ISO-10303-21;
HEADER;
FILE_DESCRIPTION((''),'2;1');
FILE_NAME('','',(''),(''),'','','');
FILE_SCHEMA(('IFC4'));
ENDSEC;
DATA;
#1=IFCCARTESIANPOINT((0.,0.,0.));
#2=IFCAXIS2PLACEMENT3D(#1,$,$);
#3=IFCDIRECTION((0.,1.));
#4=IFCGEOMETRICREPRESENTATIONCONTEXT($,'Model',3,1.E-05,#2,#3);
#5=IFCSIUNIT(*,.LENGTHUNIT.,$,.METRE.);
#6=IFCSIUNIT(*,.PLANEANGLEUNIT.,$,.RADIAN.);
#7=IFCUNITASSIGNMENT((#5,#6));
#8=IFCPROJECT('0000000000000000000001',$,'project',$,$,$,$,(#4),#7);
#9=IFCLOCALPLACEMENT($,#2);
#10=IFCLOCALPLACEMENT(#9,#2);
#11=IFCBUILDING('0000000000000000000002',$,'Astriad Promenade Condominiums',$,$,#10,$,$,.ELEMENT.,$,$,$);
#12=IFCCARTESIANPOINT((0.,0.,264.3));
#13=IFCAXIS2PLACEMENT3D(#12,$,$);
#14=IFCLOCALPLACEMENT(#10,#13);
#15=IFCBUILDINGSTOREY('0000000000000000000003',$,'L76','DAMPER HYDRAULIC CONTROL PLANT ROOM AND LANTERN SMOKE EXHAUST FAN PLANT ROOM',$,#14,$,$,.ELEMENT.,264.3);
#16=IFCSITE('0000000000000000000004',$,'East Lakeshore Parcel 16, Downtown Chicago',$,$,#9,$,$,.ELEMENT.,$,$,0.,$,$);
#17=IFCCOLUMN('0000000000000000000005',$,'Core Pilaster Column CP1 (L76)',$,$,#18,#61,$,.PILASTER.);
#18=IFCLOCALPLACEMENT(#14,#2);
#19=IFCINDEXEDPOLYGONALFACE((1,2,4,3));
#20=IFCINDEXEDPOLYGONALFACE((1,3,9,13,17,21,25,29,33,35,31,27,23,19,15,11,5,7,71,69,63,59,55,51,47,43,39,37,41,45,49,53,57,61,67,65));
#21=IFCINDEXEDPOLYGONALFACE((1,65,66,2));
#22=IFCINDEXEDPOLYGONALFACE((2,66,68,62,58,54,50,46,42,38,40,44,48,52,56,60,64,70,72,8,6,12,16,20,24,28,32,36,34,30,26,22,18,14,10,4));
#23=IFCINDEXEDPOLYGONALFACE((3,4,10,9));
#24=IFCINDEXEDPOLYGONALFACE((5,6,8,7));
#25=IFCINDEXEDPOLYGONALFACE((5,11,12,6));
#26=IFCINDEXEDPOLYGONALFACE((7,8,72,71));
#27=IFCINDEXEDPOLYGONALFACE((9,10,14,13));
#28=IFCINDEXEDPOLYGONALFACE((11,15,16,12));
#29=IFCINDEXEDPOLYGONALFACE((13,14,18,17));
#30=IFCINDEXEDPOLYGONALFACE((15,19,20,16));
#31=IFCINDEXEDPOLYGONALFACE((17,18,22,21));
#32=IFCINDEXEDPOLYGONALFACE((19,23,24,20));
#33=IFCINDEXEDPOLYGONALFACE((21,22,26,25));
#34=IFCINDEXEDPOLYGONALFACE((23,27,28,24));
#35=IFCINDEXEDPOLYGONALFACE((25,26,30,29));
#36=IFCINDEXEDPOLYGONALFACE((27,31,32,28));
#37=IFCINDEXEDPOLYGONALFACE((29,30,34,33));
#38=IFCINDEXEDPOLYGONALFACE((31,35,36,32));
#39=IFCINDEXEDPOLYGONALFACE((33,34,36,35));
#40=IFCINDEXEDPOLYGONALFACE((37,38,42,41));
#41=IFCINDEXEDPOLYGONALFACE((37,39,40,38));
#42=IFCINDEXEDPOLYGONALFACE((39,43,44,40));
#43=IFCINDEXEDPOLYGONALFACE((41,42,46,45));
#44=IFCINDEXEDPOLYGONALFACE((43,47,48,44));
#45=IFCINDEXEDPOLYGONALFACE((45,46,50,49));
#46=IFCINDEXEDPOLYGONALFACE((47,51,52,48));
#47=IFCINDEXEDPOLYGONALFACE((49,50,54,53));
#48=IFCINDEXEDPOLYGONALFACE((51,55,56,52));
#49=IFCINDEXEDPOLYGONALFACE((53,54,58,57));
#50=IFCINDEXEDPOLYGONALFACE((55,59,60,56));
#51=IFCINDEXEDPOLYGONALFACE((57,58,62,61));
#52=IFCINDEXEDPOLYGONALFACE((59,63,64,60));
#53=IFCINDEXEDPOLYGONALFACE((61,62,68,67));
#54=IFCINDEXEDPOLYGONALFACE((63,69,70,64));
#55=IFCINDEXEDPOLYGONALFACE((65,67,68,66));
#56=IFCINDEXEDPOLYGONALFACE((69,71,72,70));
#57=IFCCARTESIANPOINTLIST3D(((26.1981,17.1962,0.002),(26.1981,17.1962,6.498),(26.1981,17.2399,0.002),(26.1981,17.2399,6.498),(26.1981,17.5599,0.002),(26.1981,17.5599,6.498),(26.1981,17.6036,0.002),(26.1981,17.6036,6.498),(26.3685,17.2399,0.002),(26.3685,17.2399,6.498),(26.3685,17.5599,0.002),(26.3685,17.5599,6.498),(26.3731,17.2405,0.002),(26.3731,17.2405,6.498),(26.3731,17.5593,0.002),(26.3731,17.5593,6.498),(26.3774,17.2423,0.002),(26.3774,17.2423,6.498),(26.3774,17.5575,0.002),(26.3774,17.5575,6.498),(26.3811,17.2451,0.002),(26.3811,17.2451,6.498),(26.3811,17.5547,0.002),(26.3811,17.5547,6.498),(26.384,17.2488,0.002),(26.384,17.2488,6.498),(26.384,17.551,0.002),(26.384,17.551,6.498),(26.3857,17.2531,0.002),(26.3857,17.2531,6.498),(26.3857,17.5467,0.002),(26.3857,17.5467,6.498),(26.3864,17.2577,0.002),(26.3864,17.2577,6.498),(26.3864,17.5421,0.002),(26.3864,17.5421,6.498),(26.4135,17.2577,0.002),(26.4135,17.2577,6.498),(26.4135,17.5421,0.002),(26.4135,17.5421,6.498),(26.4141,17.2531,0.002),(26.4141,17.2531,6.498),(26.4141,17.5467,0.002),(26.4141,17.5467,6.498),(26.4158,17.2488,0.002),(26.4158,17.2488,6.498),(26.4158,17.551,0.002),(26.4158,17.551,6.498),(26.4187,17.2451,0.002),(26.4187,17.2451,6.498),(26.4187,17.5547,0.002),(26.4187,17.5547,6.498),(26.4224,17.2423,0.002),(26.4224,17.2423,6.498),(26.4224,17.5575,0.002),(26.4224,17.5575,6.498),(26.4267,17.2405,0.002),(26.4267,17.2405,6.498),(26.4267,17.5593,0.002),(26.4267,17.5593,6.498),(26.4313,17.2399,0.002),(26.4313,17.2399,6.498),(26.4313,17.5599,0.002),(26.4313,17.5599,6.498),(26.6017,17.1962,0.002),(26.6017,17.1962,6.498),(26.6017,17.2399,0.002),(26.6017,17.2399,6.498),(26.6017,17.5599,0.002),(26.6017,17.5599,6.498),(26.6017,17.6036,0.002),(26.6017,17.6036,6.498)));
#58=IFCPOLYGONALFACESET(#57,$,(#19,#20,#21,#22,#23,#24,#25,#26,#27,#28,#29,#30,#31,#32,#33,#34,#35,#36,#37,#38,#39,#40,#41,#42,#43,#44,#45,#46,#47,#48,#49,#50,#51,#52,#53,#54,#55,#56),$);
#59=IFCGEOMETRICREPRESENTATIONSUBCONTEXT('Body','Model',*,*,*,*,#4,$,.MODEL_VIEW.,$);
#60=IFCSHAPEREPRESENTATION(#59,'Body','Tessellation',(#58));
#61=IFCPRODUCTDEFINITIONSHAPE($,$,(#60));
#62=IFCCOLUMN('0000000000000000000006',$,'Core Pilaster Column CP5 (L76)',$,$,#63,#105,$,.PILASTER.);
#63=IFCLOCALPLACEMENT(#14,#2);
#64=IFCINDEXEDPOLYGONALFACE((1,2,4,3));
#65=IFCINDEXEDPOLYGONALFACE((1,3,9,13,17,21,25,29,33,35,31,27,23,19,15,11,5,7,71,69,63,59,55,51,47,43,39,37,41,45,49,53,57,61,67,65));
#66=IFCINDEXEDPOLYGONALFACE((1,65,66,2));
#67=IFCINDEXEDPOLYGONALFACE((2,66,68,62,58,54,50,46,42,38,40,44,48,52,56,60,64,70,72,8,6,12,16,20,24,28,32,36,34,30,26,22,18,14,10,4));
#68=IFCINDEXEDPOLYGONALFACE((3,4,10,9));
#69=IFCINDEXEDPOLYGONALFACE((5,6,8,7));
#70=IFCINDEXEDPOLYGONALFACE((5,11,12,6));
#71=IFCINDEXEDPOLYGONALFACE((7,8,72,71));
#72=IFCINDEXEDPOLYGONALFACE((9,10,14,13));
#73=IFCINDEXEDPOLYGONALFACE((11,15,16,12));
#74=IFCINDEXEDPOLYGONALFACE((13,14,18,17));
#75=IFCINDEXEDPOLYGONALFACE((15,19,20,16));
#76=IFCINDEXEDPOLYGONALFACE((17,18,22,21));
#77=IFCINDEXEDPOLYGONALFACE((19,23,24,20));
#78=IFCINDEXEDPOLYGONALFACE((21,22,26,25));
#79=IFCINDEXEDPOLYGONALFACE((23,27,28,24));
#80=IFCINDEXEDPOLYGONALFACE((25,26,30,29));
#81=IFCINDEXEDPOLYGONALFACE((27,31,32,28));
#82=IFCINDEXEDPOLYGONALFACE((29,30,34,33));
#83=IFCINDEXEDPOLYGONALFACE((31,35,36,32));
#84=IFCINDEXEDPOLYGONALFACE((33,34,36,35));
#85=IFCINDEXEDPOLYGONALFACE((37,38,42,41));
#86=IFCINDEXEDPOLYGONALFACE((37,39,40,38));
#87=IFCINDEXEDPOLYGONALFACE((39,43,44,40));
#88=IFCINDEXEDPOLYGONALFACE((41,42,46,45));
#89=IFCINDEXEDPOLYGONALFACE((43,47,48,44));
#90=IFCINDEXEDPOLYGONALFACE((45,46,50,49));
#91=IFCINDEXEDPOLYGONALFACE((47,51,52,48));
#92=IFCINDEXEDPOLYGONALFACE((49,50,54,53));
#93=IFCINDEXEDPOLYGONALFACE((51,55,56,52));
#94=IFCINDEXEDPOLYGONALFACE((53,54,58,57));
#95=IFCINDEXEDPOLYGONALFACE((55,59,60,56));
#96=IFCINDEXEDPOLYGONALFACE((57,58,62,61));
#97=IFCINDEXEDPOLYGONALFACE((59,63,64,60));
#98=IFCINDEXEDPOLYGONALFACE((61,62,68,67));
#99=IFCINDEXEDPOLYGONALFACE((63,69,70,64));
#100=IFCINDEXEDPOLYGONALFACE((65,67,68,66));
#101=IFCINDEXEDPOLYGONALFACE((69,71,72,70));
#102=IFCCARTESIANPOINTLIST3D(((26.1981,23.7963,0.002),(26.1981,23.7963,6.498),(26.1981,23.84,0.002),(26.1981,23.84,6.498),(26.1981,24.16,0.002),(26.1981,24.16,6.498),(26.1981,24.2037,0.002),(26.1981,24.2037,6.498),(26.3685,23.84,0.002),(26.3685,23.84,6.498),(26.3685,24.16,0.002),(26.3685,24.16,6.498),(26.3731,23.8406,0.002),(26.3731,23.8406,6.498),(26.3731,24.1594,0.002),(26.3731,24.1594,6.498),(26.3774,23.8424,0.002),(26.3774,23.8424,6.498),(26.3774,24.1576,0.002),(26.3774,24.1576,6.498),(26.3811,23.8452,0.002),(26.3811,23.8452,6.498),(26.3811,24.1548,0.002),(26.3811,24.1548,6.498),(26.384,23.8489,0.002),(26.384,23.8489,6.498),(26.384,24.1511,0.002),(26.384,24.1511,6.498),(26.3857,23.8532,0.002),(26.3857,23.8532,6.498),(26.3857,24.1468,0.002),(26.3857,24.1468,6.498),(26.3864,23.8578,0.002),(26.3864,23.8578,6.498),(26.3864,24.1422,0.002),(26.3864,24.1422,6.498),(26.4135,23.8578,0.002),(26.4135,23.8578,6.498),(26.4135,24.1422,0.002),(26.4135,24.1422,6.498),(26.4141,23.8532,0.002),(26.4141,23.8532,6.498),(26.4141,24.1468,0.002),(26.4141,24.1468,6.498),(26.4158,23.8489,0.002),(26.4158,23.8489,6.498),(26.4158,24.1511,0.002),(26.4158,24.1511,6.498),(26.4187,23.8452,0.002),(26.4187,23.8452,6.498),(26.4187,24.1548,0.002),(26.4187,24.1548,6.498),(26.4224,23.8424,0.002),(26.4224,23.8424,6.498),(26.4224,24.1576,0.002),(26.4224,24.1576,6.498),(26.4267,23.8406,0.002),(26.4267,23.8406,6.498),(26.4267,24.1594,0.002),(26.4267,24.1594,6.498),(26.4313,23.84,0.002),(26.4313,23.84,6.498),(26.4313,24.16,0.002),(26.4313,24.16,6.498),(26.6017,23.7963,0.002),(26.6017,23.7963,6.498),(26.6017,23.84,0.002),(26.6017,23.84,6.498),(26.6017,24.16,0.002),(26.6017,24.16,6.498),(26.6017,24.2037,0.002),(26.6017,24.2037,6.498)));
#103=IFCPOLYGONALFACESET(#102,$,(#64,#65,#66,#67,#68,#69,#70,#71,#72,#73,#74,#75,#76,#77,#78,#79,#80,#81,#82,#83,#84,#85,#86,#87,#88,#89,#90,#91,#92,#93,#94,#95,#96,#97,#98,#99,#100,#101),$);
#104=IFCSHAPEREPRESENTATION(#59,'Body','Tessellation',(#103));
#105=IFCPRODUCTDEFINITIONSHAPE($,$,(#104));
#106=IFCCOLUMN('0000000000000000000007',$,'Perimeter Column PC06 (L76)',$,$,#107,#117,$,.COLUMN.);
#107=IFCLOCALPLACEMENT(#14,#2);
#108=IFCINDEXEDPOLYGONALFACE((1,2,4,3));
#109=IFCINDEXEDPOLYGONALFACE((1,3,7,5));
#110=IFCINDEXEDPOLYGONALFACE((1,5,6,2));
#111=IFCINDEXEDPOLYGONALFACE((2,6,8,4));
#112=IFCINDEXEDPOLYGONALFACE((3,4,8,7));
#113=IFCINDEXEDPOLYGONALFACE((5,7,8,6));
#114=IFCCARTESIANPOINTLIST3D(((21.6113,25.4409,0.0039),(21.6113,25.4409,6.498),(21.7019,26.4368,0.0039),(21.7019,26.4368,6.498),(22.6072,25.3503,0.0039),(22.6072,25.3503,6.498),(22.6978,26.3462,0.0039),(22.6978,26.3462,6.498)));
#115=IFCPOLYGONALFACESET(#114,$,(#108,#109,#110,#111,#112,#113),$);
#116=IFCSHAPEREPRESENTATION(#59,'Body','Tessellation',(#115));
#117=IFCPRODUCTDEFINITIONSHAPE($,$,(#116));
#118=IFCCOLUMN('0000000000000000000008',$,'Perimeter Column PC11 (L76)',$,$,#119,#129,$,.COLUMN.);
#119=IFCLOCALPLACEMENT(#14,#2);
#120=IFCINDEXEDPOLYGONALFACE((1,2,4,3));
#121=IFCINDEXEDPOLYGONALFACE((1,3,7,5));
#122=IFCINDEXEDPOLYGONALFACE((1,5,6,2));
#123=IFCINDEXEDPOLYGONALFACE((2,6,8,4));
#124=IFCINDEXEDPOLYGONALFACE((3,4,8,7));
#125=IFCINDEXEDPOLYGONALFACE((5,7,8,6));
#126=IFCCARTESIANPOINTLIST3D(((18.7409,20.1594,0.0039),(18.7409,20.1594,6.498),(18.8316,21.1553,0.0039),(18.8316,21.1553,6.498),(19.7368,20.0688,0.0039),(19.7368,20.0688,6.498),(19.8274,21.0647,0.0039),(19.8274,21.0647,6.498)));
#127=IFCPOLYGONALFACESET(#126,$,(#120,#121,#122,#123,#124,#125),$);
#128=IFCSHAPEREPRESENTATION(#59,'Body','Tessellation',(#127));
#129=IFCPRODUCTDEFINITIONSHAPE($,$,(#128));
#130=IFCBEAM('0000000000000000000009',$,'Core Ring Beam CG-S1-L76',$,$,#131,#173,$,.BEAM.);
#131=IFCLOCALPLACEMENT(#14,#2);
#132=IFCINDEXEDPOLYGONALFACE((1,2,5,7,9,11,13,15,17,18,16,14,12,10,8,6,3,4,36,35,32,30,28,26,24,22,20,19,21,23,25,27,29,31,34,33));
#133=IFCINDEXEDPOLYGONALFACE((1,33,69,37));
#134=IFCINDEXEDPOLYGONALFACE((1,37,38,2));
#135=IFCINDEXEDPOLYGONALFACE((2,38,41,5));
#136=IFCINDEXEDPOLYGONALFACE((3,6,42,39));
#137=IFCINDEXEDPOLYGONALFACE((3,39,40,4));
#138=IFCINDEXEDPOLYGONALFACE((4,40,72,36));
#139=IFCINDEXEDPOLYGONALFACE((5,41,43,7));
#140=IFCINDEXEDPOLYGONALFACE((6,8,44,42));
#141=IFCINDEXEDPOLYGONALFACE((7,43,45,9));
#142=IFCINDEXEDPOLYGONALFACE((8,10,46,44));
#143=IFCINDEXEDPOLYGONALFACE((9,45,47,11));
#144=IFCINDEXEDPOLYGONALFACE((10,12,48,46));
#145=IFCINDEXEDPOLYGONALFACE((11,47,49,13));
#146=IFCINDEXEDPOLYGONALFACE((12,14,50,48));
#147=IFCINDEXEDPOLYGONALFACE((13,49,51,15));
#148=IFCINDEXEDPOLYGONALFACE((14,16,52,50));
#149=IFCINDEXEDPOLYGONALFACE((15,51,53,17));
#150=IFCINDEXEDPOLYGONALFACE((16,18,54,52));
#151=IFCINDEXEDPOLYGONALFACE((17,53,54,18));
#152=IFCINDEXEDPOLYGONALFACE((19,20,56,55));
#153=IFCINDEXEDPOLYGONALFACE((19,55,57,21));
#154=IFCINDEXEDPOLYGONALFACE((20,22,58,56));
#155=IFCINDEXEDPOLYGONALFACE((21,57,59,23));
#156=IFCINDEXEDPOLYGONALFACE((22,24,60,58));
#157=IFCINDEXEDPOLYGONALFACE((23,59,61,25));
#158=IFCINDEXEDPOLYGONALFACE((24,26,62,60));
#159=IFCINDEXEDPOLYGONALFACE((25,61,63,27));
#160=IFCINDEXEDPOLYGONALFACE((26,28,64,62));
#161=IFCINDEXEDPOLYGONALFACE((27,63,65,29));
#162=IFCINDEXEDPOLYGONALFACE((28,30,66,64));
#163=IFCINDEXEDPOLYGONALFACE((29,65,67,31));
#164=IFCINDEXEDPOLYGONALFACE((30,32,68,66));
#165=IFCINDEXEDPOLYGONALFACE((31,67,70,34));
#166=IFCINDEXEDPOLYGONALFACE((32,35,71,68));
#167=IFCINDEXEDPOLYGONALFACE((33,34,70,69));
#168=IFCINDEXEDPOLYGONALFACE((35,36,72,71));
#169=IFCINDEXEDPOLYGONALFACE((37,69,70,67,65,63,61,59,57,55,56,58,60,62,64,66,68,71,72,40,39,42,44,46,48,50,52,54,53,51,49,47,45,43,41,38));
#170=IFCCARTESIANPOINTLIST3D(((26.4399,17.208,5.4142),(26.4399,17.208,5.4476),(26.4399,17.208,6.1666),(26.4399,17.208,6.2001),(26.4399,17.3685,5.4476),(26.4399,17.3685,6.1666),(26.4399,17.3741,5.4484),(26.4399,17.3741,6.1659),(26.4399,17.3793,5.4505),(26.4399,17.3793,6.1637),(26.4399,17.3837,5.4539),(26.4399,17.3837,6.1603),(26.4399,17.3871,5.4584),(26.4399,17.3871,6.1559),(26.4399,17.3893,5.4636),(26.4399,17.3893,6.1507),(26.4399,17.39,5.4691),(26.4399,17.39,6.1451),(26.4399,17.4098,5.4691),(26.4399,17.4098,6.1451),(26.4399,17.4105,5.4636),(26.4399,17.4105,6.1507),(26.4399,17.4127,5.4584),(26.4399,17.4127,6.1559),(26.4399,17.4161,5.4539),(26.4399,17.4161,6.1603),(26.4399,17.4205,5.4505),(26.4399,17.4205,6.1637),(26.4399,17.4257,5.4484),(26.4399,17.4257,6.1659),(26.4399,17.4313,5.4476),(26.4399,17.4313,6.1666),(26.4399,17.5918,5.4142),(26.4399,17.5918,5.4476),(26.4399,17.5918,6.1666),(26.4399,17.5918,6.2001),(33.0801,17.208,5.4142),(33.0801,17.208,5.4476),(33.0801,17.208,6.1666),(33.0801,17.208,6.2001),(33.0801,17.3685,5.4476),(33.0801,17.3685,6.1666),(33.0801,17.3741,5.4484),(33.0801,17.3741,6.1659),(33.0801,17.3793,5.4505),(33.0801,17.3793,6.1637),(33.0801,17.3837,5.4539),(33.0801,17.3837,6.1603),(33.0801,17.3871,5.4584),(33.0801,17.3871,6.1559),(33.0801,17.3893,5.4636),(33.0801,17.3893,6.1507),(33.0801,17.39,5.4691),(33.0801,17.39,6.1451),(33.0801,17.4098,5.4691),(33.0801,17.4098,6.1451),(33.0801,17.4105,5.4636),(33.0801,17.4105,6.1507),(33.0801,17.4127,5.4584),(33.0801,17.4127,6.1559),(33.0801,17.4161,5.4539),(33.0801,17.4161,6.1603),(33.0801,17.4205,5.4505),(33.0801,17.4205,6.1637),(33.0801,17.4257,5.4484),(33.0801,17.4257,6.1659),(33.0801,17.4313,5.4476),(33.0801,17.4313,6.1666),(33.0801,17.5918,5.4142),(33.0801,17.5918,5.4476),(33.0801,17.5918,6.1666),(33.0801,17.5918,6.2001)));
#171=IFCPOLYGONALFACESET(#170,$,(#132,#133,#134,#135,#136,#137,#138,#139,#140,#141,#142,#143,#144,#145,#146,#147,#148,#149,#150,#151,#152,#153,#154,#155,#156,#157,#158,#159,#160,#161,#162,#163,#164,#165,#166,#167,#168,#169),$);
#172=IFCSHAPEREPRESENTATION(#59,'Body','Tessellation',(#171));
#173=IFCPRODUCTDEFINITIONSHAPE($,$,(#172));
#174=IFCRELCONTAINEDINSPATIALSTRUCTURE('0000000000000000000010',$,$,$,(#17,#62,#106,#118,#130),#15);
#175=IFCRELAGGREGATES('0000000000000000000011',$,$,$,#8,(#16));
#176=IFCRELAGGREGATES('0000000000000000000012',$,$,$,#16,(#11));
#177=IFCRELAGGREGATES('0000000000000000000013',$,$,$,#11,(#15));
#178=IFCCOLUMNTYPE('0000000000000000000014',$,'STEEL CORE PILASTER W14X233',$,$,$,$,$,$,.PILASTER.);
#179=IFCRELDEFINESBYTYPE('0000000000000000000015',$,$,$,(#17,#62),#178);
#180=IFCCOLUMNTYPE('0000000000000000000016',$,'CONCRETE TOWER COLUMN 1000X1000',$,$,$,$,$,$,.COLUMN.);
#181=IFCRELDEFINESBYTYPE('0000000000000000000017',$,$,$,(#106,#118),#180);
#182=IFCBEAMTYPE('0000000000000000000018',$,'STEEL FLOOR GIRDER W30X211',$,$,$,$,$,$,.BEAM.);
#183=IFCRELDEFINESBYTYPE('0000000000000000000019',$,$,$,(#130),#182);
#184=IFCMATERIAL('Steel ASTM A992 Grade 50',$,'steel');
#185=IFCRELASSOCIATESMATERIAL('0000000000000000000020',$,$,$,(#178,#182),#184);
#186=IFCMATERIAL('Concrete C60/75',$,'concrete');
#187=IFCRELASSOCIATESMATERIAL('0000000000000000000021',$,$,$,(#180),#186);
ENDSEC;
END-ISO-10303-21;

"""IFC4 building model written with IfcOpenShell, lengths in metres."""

from ifc_helpers import new_model, si_unit, direction, frame, origin, origin_2d, place, context, subcontext, project, spatial, rectangle, i_section, extrude, source, transform, mapped, material, material_profile, profile_set, type_object, type_shapes, element, save


model = new_model("IFC4")

# Units and contexts
model_context = context("Model", 3, precision=1e-05, world=origin(), true_north=direction((0.0, 1.0)))
body_context = subcontext(model_context, "Body", "Model", "MODEL_VIEW")
ifc_project = project(units=[si_unit("LENGTHUNIT", "METRE"), si_unit("PLANEANGLEUNIT", "RADIAN")], contexts=[model_context])

# Site, building, storey
site_placement = place(None, origin())
site = spatial("IfcSite", under=ifc_project, at=site_placement, Name="East Lakeshore Parcel 16, Downtown Chicago", CompositionType="ELEMENT", RefElevation=0.0)
building_placement = place(site_placement, origin())
building = spatial("IfcBuilding", under=site, at=building_placement, Name="Astriad Promenade Condominiums", CompositionType="ELEMENT")
storey_placement = place(building_placement, frame((0.0, 0.0, 264.3)))
storey = spatial("IfcBuildingStorey", under=building, at=storey_placement, Name="L76", Description="DAMPER HYDRAULIC CONTROL PLANT ROOM AND LANTERN SMOKE EXHAUST FAN PLANT ROOM", CompositionType="ELEMENT", Elevation=264.3)

# Columns
ifc_material_1 = material(Name="Steel ASTM A992 Grade 50", Category="steel")
ifc_material_profile_1 = material_profile(ifc_material_1, i_section(OverallWidth=0.4036, OverallDepth=0.4075, WebThickness=0.0271, FlangeThickness=0.0437, FilletRadius=0.0178, at=origin_2d()), Name="W14X233")
ifc_profile_set_1 = profile_set([ifc_material_profile_1], Name="Steel ASTM A992 Grade 50")
column_type_1 = type_object("IfcColumnType", Name="STEEL CORE PILASTER W14X233", PredefinedType="PILASTER", material=ifc_profile_set_1)
shared_shape_1 = source(origin(), body_context, "Body", "SweptSolid", [
    extrude(i_section(OverallWidth=0.4036, OverallDepth=0.4075, WebThickness=0.0271, FlangeThickness=0.0437, FilletRadius=0.0178, at=origin_2d()), origin(), (0.0, 0.0, 1.0), 6.4961),
])
type_shapes(column_type_1, [shared_shape_1])
for number, where, z_axis, x_axis, name in (
    (1, (26.3999, 17.3999, 0.002), (0.0, 0.0, 1.0), (1.0, 0.0, 0.0), "Core Pilaster Column CP1 (L76)"),
    (2, (26.3999, 24.0, 0.002), (0.0, 0.0, 1.0), (1.0, 0.0, 0.0), "Core Pilaster Column CP5 (L76)"),
):
    element("IfcColumn", number, at=place(storey_placement, frame(where, z_axis=z_axis, x_axis=x_axis)), inside=storey, type_object=column_type_1, Name=name, PredefinedType="PILASTER", context=body_context, shape_type="MappedRepresentation", body=[
        mapped(shared_shape_1, transform((0.0, 0.0, 0.0), scale=1.0)),
    ])
ifc_material_2 = material(Name="Concrete C60/75", Category="concrete")
ifc_material_profile_2 = material_profile(ifc_material_2, rectangle(XDim=1.0, YDim=1.0, at=origin_2d()), Name="RC-COL-1000X1000")
ifc_profile_set_2 = profile_set([ifc_material_profile_2], Name="Concrete C60/75")
column_type_2 = type_object("IfcColumnType", Name="CONCRETE TOWER COLUMN 1000X1000", PredefinedType="COLUMN", material=ifc_profile_set_2)
shared_shape_2 = source(origin(), body_context, "Body", "SweptSolid", [
    extrude(rectangle(XDim=1.0, YDim=1.0, at=origin_2d()), origin(), (0.0, 0.0, 1.0), 6.4941),
])
type_shapes(column_type_2, [shared_shape_2])
for number, where, z_axis, x_axis, name in (
    (3, (22.1545, 25.8936, 0.0039), (0.0, 0.0, 1.0), (0.995884, -0.090633, 0.0), "Perimeter Column PC06 (L76)"),
    (4, (19.2842, 20.6121, 0.0039), (0.0, 0.0, 1.0), (0.995884, -0.090633, 0.0), "Perimeter Column PC11 (L76)"),
):
    element("IfcColumn", number, at=place(storey_placement, frame(where, z_axis=z_axis, x_axis=x_axis)), inside=storey, type_object=column_type_2, Name=name, PredefinedType="COLUMN", context=body_context, shape_type="MappedRepresentation", body=[
        mapped(shared_shape_2, transform((0.0, 0.0, 0.0), scale=1.0)),
    ])

# Beam
ifc_material_profile_3 = material_profile(ifc_material_1, i_section(OverallWidth=0.3838, OverallDepth=0.7859, WebThickness=0.0198, FlangeThickness=0.0334, FilletRadius=0.0215, at=origin_2d()), Name="W30X211")
ifc_profile_set_3 = profile_set([ifc_material_profile_3], Name="Steel ASTM A992 Grade 50")
beam_type_1 = type_object("IfcBeamType", Name="STEEL FLOOR GIRDER W30X211", PredefinedType="BEAM", material=ifc_profile_set_3)
shared_shape_3 = source(origin(), body_context, "Body", "SweptSolid", [
    extrude(i_section(OverallWidth=0.3838, OverallDepth=0.7859, WebThickness=0.0198, FlangeThickness=0.0334, FilletRadius=0.0215, at=origin_2d()), origin(), (0.0, 0.0, 1.0), 6.6401),
])
type_shapes(beam_type_1, [shared_shape_3])
beam_1_placement = place(storey_placement, frame((26.4399, 17.3999, 5.8071), z_axis=(1.0, 0.0, 0.0), x_axis=(0.0, 1.0, 0.0)))
element("IfcBeam", 5, at=beam_1_placement, inside=storey, type_object=beam_type_1, Name="Core Ring Beam CG-S1-L76", PredefinedType="BEAM", context=body_context, shape_type="MappedRepresentation", body=[
    mapped(shared_shape_3, transform((0.0, 0.0, 0.0), scale=1.0)),
])

save(model, "model.ifc")
